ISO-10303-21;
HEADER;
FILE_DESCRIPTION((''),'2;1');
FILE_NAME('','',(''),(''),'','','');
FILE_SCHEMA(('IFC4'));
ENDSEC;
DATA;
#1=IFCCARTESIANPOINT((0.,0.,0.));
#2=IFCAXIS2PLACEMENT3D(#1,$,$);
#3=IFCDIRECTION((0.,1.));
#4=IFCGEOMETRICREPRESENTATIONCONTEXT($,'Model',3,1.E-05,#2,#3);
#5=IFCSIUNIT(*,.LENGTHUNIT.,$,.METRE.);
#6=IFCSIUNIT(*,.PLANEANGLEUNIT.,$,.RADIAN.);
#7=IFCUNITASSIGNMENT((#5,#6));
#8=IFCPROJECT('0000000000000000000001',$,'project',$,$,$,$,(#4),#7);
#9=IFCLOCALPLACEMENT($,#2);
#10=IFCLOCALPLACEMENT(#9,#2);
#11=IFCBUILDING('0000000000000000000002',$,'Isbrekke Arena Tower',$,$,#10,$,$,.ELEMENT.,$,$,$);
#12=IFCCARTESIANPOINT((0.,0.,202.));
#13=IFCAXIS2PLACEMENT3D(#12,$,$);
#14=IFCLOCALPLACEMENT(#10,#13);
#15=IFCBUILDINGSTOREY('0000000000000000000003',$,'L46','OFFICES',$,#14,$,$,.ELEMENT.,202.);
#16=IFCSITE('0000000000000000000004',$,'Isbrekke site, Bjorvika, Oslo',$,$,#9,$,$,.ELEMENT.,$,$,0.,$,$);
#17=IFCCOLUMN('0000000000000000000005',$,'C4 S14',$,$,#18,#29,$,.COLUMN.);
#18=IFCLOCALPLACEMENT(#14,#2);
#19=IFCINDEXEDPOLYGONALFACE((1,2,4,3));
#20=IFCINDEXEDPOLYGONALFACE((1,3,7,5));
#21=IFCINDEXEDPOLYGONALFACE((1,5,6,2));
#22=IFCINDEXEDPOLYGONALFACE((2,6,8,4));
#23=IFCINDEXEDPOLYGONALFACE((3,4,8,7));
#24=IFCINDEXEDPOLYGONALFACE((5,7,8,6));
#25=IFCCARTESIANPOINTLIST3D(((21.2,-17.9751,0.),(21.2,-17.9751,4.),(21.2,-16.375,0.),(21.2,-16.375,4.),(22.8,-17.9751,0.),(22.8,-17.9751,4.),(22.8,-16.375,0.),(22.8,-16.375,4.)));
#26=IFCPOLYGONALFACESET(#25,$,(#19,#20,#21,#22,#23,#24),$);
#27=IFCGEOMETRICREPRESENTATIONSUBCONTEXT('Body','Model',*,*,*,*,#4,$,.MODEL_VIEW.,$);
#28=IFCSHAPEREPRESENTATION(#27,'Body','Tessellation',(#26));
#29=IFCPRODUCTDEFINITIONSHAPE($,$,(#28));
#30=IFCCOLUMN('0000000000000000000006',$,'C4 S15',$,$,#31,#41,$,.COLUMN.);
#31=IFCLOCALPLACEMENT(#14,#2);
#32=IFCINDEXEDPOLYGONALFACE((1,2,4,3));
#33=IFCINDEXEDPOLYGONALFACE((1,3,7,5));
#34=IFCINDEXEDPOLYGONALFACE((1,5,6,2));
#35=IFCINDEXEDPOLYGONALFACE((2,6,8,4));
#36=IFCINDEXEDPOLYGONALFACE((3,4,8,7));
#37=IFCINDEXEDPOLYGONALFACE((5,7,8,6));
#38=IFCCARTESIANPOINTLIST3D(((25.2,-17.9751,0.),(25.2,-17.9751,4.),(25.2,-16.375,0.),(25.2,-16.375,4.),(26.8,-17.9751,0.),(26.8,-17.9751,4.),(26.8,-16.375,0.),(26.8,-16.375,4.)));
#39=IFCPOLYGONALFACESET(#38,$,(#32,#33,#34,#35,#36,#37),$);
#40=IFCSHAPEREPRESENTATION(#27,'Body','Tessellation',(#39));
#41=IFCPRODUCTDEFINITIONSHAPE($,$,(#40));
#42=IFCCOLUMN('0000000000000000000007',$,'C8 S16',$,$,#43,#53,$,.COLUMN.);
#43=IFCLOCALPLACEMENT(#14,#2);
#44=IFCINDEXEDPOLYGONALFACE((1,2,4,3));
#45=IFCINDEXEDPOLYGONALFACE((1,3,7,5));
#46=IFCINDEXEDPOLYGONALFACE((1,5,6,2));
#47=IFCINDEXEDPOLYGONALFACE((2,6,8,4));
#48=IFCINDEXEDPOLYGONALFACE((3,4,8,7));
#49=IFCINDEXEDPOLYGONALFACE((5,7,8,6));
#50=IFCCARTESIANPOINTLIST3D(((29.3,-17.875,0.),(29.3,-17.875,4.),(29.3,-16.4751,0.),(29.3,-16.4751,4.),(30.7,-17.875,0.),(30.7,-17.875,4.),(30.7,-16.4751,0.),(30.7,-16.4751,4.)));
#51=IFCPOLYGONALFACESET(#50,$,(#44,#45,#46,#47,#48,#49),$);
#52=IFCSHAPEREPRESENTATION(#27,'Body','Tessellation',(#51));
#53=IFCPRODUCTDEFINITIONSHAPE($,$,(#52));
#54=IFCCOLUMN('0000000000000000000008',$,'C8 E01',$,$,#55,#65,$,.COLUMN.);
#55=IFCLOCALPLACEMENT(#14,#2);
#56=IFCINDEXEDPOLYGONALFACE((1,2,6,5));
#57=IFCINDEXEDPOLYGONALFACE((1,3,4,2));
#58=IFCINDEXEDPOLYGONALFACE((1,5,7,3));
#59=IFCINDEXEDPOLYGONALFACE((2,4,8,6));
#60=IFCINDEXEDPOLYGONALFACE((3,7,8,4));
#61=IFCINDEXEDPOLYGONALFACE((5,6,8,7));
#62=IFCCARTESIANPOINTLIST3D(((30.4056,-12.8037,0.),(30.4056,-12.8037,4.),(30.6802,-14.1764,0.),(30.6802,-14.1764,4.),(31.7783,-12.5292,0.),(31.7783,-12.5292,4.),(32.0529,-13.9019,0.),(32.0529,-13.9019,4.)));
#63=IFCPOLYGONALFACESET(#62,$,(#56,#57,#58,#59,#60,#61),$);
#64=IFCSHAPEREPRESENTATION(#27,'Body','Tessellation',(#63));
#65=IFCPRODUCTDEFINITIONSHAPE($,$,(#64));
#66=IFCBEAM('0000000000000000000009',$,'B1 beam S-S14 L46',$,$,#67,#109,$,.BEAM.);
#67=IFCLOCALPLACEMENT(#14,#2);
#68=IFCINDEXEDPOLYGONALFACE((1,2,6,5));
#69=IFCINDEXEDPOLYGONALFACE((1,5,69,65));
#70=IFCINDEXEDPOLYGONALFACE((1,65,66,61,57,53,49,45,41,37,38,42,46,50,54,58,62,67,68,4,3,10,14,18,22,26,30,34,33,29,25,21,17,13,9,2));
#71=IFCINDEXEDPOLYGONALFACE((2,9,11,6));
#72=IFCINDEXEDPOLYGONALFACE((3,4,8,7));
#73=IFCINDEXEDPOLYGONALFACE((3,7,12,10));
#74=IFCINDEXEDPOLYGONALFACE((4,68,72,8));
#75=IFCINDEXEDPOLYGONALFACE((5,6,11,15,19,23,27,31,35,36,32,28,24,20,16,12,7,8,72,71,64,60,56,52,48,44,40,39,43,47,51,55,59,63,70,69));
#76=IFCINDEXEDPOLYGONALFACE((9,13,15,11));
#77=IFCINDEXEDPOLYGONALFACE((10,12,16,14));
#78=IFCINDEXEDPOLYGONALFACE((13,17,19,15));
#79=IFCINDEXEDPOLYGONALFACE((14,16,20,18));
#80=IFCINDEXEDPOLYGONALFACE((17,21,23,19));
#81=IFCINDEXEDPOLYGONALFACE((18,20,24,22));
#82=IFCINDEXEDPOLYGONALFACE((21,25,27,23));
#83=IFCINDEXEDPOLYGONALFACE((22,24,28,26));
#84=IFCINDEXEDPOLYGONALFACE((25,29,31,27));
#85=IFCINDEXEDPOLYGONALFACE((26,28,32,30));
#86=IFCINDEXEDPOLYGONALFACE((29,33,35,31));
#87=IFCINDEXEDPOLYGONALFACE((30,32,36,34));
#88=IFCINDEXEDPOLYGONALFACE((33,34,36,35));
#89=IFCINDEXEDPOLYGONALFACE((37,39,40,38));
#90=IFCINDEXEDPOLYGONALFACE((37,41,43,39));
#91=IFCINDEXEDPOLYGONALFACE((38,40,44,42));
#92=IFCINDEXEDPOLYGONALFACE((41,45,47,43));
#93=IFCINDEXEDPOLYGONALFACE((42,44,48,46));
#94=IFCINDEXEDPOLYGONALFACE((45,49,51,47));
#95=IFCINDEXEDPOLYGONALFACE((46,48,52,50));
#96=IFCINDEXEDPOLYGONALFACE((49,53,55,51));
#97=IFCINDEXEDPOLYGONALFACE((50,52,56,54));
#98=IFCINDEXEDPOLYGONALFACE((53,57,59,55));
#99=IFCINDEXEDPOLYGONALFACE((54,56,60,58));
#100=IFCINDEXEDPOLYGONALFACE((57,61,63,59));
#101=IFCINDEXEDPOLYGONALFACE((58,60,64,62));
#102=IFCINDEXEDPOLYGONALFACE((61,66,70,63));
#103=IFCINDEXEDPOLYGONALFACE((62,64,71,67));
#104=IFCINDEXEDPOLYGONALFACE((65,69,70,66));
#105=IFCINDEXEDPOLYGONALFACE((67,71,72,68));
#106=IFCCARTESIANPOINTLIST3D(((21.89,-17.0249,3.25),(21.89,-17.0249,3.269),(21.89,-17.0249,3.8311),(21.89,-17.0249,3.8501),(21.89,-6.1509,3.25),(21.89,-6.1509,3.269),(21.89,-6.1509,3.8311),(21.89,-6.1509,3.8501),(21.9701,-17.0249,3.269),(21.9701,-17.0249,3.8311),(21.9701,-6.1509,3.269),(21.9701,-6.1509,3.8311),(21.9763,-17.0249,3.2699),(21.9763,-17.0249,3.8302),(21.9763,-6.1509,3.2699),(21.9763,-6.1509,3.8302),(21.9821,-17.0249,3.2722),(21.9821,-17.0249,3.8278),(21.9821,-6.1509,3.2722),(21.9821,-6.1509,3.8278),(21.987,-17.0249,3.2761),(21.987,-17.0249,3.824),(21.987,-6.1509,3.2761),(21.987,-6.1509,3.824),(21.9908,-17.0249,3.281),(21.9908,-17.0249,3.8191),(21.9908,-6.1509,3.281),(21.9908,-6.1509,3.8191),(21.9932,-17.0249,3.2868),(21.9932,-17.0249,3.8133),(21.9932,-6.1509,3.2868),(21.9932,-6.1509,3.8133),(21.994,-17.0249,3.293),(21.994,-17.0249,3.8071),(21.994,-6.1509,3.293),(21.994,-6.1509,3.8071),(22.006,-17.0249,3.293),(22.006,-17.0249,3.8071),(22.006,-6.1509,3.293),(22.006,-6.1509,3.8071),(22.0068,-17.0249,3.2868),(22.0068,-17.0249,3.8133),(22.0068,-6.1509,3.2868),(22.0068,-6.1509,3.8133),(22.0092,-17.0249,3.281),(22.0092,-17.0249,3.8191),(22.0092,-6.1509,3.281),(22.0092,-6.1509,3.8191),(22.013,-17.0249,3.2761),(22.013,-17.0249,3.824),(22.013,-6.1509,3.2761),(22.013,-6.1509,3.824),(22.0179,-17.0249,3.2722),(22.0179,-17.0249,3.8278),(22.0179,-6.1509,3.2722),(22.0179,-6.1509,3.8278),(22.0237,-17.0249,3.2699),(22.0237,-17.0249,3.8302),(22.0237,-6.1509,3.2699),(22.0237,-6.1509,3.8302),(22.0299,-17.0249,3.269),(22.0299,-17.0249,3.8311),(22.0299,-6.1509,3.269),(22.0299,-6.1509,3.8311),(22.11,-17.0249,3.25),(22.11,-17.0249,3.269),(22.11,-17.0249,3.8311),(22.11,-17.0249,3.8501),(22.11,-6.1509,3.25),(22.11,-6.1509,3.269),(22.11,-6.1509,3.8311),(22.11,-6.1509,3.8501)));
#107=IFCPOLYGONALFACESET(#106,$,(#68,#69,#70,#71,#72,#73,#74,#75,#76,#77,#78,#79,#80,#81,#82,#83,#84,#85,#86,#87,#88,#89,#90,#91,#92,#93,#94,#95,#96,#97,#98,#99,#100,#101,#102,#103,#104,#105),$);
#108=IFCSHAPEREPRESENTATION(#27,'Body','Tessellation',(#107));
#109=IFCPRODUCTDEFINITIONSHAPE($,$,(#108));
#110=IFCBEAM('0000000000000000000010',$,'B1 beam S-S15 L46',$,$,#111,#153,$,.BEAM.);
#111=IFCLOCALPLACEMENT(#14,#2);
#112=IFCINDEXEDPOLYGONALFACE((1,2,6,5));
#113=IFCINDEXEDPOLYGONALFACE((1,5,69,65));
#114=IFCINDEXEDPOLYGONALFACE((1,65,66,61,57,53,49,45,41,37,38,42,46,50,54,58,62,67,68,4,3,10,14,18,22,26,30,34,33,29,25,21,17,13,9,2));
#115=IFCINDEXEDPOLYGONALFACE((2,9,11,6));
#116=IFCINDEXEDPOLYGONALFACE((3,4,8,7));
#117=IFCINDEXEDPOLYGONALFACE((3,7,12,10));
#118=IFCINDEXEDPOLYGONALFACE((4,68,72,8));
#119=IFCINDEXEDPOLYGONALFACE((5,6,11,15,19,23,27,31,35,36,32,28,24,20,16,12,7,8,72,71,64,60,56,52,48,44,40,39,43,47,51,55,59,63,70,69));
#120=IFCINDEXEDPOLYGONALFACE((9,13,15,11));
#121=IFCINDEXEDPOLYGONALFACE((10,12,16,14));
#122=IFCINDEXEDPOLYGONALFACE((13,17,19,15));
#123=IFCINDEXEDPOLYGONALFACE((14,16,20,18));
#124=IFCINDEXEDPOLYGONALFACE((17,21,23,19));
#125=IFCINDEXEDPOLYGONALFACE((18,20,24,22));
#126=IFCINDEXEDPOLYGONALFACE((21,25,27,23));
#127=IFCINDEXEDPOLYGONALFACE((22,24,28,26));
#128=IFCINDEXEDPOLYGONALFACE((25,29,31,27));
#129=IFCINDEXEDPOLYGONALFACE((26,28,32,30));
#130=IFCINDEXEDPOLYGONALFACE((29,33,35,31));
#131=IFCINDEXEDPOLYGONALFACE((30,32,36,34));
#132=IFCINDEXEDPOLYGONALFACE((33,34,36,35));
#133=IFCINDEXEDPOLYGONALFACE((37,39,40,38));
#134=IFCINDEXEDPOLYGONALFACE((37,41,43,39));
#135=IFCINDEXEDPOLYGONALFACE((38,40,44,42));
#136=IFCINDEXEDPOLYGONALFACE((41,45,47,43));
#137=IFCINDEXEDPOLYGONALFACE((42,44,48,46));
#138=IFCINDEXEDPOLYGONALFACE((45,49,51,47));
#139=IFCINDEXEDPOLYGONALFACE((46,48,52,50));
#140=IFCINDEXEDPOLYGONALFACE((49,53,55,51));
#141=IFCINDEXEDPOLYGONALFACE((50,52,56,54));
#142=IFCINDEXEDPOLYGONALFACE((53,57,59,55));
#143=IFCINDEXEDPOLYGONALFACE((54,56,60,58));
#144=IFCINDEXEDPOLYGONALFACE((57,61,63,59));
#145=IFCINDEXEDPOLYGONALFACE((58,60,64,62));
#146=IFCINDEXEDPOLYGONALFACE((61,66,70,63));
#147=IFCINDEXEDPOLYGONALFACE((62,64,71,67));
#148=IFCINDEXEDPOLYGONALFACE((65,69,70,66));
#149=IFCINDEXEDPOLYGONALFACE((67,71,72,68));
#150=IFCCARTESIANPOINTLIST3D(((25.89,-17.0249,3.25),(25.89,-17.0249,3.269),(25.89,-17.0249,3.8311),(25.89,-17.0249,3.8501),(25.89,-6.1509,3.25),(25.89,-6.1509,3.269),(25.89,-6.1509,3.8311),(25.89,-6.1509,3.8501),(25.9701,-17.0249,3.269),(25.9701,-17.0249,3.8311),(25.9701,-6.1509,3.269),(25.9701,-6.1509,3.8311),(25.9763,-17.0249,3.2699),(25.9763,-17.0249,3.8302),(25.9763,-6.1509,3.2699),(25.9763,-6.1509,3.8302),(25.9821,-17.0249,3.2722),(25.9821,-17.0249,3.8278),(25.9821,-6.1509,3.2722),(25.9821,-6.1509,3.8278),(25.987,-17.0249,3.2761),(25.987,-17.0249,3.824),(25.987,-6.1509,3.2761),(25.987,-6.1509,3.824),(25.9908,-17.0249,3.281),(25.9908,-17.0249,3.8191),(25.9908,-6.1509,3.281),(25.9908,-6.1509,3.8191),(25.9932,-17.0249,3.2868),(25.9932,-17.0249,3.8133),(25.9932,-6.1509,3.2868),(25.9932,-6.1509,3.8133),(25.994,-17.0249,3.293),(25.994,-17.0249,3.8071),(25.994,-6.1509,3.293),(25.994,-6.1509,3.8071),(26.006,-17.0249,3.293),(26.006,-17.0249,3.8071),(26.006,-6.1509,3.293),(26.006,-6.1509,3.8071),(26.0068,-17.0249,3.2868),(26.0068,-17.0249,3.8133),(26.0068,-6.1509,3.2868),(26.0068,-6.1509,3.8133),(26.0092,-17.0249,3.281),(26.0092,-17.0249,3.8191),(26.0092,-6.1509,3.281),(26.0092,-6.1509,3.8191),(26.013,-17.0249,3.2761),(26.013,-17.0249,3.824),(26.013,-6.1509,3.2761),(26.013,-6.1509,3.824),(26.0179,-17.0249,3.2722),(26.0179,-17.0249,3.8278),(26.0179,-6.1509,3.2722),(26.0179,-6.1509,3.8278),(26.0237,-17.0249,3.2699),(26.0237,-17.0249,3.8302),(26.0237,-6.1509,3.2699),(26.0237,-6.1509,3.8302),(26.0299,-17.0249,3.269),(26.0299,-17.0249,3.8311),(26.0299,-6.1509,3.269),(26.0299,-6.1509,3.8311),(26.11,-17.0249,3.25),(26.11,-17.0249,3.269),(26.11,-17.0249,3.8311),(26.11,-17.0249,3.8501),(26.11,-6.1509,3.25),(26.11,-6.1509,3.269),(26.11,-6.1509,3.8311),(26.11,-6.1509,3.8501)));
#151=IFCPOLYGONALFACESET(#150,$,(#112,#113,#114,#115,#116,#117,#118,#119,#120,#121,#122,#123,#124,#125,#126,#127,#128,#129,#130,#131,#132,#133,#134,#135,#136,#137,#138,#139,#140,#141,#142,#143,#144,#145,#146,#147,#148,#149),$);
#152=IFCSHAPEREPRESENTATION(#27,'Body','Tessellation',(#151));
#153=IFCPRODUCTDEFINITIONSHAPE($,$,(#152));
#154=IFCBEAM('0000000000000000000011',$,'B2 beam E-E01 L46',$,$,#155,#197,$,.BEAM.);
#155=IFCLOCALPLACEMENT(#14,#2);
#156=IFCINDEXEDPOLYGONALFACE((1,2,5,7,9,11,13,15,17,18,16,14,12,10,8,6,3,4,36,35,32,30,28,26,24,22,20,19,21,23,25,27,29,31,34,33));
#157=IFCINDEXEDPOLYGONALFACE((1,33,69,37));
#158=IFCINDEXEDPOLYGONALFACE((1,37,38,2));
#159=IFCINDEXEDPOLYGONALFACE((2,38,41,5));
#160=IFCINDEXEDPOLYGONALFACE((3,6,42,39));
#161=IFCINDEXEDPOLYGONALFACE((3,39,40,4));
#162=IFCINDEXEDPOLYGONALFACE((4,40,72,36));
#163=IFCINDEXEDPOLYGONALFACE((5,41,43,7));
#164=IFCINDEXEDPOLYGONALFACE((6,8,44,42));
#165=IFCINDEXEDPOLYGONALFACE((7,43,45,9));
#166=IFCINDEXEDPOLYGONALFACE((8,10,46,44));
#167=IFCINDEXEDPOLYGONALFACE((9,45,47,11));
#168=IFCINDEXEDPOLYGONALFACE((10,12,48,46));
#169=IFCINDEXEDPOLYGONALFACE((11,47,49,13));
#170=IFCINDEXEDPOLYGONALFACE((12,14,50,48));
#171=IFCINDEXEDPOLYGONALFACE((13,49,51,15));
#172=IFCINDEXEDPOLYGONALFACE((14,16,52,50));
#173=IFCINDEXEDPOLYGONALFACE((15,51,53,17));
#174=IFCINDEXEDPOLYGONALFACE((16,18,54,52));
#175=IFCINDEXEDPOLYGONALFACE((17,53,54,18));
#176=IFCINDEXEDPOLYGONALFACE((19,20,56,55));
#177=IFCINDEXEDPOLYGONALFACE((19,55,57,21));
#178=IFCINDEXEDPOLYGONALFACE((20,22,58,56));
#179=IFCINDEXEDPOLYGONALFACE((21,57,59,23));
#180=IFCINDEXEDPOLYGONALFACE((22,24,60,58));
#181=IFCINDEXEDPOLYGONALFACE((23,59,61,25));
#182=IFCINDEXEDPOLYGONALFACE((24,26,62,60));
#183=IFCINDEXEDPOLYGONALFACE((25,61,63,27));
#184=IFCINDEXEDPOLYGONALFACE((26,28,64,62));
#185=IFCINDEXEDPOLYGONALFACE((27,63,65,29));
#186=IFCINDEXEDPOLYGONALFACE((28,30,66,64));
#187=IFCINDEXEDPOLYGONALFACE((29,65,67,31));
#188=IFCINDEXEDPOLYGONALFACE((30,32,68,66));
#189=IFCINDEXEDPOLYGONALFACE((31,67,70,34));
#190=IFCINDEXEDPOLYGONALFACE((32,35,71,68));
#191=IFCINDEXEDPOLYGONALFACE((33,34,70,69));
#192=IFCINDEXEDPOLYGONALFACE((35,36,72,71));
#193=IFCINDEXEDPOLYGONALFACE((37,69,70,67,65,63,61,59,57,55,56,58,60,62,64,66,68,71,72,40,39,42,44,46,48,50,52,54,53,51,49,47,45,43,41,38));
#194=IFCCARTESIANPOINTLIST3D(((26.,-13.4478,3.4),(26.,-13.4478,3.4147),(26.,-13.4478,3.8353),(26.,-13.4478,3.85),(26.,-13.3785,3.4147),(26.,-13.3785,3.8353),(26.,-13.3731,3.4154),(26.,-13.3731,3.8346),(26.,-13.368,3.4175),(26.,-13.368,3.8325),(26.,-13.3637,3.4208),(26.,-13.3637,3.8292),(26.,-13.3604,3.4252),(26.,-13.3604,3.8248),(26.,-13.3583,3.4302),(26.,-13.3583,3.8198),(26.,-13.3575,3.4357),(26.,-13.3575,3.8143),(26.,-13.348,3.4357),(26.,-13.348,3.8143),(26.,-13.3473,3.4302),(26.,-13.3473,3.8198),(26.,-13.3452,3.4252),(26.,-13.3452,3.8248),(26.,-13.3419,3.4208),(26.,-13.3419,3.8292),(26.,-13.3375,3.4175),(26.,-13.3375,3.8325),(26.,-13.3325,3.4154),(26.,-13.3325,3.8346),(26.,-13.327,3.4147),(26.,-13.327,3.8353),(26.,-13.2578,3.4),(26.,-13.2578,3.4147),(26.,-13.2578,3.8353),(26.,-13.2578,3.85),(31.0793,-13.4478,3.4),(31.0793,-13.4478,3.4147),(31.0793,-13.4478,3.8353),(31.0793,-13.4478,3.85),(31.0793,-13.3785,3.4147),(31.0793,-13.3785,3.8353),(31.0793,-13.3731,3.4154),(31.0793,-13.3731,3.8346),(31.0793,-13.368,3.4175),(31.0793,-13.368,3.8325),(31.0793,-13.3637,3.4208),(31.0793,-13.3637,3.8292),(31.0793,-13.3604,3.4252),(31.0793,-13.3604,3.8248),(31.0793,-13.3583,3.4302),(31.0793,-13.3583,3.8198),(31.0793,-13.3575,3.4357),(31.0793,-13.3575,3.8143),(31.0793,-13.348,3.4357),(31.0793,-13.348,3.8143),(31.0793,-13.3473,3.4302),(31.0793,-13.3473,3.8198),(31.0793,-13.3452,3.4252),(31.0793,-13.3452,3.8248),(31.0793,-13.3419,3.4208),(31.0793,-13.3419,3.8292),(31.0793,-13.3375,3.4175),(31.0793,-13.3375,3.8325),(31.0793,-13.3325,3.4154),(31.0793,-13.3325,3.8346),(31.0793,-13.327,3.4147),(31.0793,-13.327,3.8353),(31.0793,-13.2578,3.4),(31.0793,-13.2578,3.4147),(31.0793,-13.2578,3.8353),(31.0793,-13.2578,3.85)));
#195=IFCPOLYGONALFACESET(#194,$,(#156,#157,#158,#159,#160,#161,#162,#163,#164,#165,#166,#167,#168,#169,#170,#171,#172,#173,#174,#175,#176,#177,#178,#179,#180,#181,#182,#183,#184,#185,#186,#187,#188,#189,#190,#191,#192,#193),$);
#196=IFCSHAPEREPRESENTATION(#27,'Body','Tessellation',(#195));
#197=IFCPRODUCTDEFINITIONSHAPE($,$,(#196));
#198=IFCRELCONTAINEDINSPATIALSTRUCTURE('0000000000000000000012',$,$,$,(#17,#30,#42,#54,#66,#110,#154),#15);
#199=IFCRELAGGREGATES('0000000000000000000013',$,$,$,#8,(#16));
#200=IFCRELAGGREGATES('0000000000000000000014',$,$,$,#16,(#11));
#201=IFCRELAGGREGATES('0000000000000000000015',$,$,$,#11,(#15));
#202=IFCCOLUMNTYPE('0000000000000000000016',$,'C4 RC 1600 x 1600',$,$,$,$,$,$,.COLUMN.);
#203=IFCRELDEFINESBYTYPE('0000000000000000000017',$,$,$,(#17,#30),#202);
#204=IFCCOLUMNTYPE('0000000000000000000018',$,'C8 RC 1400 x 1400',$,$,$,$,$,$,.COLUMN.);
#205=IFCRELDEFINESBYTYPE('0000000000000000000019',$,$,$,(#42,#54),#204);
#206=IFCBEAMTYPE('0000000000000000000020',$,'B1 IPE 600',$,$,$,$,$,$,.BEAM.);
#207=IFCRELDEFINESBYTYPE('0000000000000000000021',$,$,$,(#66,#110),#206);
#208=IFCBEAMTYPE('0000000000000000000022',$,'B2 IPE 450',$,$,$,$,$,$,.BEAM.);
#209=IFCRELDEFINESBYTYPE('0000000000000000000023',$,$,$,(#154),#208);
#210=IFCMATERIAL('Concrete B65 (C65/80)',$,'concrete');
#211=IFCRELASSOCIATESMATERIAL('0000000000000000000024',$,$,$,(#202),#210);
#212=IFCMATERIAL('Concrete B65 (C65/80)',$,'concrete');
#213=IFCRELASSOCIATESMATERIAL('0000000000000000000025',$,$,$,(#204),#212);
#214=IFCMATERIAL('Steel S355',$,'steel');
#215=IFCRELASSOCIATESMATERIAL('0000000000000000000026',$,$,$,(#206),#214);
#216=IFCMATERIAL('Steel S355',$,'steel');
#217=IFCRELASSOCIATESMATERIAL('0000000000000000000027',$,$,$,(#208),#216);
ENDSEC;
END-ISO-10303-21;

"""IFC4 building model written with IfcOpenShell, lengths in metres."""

from ifc_helpers import new_model, si_unit, direction, frame, origin, origin_2d, place, context, subcontext, project, spatial, rectangle, i_section, extrude, material, material_profile, profile_set, type_object, element, save


model = new_model("IFC4")

# Units and contexts
model_context = context("Model", 3, precision=1e-05, world=origin(), true_north=direction((0.0, 1.0)))
body_context = subcontext(model_context, "Body", "Model", "MODEL_VIEW")
ifc_project = project(units=[si_unit("LENGTHUNIT", "METRE"), si_unit("PLANEANGLEUNIT", "RADIAN")], contexts=[model_context])

# Site, building, storey
site_placement = place(None, origin())
site = spatial("IfcSite", under=ifc_project, at=site_placement, Name="Isbrekke site, Bjorvika, Oslo", CompositionType="ELEMENT", RefElevation=0.0)
building_placement = place(site_placement, origin())
building = spatial("IfcBuilding", under=site, at=building_placement, Name="Isbrekke Arena Tower", CompositionType="ELEMENT")
storey_placement = place(building_placement, frame((0.0, 0.0, 202.0)))
storey = spatial("IfcBuildingStorey", under=building, at=storey_placement, Name="L46", Description="OFFICES", CompositionType="ELEMENT", Elevation=202.0)

# Columns
ifc_material_1 = material(Name="Concrete B65 (C65/80)", Category="concrete")
ifc_material_profile_1 = material_profile(ifc_material_1, rectangle(XDim=1.6001, YDim=1.6001, at=origin_2d()), Name="RC 1600x1600")
ifc_profile_set_1 = profile_set([ifc_material_profile_1], Name="Concrete B65 (C65/80)")
column_type_1 = type_object("IfcColumnType", Name="C4 RC 1600 x 1600", PredefinedType="COLUMN", material=ifc_profile_set_1)
for number, where, z_axis, x_axis, name in (
    (1, (22.0, -17.175, 0.0), (0.0, 0.0, 1.0), (1.0, 0.0, 0.0), "C4 S14"),
    (2, (26.0, -17.175, 0.0), (0.0, 0.0, 1.0), (1.0, 0.0, 0.0), "C4 S15"),
):
    element("IfcColumn", number, at=place(storey_placement, frame(where, z_axis=z_axis, x_axis=x_axis)), inside=storey, type_object=column_type_1, Name=name, PredefinedType="COLUMN", context=body_context, shape_type="SweptSolid", body=[
        extrude(rectangle(XDim=1.6001, YDim=1.6001, at=origin_2d()), origin(), (0.0, 0.0, 1.0), 4.0),
    ])
ifc_material_2 = material(Name="Concrete B65 (C65/80)", Category="concrete")
ifc_material_profile_2 = material_profile(ifc_material_2, rectangle(XDim=1.3999, YDim=1.3999, at=origin_2d()), Name="RC 1400x1400")
ifc_profile_set_2 = profile_set([ifc_material_profile_2], Name="Concrete B65 (C65/80)")
column_type_2 = type_object("IfcColumnType", Name="C8 RC 1400 x 1400", PredefinedType="COLUMN", material=ifc_profile_set_2)
for number, where, z_axis, x_axis, name in (
    (3, (30.0, -17.175, 0.0), (0.0, 0.0, 1.0), (1.0, 0.0, 0.0), "C8 S16"),
    (4, (31.2292, -13.3528, 0.0), (0.0, 0.0, 1.0), (-0.196116, 0.980581, 0.0), "C8 E01"),
):
    element("IfcColumn", number, at=place(storey_placement, frame(where, z_axis=z_axis, x_axis=x_axis)), inside=storey, type_object=column_type_2, Name=name, PredefinedType="COLUMN", context=body_context, shape_type="SweptSolid", body=[
        extrude(rectangle(XDim=1.3999, YDim=1.3999, at=origin_2d()), origin(), (0.0, 0.0, 1.0), 4.0),
    ])

# Beams
ifc_material_3 = material(Name="Steel S355", Category="steel")
ifc_material_profile_3 = material_profile(ifc_material_3, i_section(OverallWidth=0.22, OverallDepth=0.6001, WebThickness=0.012, FlangeThickness=0.019, FilletRadius=0.0239, at=origin_2d()), Name="IPE 600")
ifc_profile_set_3 = profile_set([ifc_material_profile_3], Name="Steel S355")
beam_type_1 = type_object("IfcBeamType", Name="B1 IPE 600", PredefinedType="BEAM", material=ifc_profile_set_3)
for number, where, z_axis, x_axis, name in (
    (5, (22.0, -17.0249, 3.55), (0.0, 1.0, 0.0), (-1.0, 0.0, 0.0), "B1 beam S-S14 L46"),
    (6, (26.0, -17.0249, 3.55), (0.0, 1.0, 0.0), (-1.0, 0.0, 0.0), "B1 beam S-S15 L46"),
):
    element("IfcBeam", number, at=place(storey_placement, frame(where, z_axis=z_axis, x_axis=x_axis)), inside=storey, type_object=beam_type_1, Name=name, PredefinedType="BEAM", context=body_context, shape_type="SweptSolid", body=[
        extrude(i_section(OverallWidth=0.22, OverallDepth=0.6001, WebThickness=0.012, FlangeThickness=0.019, FilletRadius=0.0239, at=origin_2d()), origin(), (0.0, 0.0, 1.0), 10.874),
    ])
ifc_material_4 = material(Name="Steel S355", Category="steel")
ifc_material_profile_4 = material_profile(ifc_material_4, i_section(OverallWidth=0.1899, OverallDepth=0.45, WebThickness=0.0095, FlangeThickness=0.0146, FilletRadius=0.021, at=origin_2d()), Name="IPE 450")
ifc_profile_set_4 = profile_set([ifc_material_profile_4], Name="Steel S355")
beam_type_2 = type_object("IfcBeamType", Name="B2 IPE 450", PredefinedType="BEAM", material=ifc_profile_set_4)
beam_1_placement = place(storey_placement, frame((31.0793, -13.3528, 3.625), z_axis=(-1.0, 0.0, 0.0), x_axis=(0.0, -1.0, 0.0)))
element("IfcBeam", 7, at=beam_1_placement, inside=storey, type_object=beam_type_2, Name="B2 beam E-E01 L46", PredefinedType="BEAM", context=body_context, shape_type="SweptSolid", body=[
    extrude(i_section(OverallWidth=0.1899, OverallDepth=0.45, WebThickness=0.0095, FlangeThickness=0.0146, FilletRadius=0.021, at=origin_2d()), origin(), (0.0, 0.0, 1.0), 5.0793),
])

save(model, "model.ifc")
